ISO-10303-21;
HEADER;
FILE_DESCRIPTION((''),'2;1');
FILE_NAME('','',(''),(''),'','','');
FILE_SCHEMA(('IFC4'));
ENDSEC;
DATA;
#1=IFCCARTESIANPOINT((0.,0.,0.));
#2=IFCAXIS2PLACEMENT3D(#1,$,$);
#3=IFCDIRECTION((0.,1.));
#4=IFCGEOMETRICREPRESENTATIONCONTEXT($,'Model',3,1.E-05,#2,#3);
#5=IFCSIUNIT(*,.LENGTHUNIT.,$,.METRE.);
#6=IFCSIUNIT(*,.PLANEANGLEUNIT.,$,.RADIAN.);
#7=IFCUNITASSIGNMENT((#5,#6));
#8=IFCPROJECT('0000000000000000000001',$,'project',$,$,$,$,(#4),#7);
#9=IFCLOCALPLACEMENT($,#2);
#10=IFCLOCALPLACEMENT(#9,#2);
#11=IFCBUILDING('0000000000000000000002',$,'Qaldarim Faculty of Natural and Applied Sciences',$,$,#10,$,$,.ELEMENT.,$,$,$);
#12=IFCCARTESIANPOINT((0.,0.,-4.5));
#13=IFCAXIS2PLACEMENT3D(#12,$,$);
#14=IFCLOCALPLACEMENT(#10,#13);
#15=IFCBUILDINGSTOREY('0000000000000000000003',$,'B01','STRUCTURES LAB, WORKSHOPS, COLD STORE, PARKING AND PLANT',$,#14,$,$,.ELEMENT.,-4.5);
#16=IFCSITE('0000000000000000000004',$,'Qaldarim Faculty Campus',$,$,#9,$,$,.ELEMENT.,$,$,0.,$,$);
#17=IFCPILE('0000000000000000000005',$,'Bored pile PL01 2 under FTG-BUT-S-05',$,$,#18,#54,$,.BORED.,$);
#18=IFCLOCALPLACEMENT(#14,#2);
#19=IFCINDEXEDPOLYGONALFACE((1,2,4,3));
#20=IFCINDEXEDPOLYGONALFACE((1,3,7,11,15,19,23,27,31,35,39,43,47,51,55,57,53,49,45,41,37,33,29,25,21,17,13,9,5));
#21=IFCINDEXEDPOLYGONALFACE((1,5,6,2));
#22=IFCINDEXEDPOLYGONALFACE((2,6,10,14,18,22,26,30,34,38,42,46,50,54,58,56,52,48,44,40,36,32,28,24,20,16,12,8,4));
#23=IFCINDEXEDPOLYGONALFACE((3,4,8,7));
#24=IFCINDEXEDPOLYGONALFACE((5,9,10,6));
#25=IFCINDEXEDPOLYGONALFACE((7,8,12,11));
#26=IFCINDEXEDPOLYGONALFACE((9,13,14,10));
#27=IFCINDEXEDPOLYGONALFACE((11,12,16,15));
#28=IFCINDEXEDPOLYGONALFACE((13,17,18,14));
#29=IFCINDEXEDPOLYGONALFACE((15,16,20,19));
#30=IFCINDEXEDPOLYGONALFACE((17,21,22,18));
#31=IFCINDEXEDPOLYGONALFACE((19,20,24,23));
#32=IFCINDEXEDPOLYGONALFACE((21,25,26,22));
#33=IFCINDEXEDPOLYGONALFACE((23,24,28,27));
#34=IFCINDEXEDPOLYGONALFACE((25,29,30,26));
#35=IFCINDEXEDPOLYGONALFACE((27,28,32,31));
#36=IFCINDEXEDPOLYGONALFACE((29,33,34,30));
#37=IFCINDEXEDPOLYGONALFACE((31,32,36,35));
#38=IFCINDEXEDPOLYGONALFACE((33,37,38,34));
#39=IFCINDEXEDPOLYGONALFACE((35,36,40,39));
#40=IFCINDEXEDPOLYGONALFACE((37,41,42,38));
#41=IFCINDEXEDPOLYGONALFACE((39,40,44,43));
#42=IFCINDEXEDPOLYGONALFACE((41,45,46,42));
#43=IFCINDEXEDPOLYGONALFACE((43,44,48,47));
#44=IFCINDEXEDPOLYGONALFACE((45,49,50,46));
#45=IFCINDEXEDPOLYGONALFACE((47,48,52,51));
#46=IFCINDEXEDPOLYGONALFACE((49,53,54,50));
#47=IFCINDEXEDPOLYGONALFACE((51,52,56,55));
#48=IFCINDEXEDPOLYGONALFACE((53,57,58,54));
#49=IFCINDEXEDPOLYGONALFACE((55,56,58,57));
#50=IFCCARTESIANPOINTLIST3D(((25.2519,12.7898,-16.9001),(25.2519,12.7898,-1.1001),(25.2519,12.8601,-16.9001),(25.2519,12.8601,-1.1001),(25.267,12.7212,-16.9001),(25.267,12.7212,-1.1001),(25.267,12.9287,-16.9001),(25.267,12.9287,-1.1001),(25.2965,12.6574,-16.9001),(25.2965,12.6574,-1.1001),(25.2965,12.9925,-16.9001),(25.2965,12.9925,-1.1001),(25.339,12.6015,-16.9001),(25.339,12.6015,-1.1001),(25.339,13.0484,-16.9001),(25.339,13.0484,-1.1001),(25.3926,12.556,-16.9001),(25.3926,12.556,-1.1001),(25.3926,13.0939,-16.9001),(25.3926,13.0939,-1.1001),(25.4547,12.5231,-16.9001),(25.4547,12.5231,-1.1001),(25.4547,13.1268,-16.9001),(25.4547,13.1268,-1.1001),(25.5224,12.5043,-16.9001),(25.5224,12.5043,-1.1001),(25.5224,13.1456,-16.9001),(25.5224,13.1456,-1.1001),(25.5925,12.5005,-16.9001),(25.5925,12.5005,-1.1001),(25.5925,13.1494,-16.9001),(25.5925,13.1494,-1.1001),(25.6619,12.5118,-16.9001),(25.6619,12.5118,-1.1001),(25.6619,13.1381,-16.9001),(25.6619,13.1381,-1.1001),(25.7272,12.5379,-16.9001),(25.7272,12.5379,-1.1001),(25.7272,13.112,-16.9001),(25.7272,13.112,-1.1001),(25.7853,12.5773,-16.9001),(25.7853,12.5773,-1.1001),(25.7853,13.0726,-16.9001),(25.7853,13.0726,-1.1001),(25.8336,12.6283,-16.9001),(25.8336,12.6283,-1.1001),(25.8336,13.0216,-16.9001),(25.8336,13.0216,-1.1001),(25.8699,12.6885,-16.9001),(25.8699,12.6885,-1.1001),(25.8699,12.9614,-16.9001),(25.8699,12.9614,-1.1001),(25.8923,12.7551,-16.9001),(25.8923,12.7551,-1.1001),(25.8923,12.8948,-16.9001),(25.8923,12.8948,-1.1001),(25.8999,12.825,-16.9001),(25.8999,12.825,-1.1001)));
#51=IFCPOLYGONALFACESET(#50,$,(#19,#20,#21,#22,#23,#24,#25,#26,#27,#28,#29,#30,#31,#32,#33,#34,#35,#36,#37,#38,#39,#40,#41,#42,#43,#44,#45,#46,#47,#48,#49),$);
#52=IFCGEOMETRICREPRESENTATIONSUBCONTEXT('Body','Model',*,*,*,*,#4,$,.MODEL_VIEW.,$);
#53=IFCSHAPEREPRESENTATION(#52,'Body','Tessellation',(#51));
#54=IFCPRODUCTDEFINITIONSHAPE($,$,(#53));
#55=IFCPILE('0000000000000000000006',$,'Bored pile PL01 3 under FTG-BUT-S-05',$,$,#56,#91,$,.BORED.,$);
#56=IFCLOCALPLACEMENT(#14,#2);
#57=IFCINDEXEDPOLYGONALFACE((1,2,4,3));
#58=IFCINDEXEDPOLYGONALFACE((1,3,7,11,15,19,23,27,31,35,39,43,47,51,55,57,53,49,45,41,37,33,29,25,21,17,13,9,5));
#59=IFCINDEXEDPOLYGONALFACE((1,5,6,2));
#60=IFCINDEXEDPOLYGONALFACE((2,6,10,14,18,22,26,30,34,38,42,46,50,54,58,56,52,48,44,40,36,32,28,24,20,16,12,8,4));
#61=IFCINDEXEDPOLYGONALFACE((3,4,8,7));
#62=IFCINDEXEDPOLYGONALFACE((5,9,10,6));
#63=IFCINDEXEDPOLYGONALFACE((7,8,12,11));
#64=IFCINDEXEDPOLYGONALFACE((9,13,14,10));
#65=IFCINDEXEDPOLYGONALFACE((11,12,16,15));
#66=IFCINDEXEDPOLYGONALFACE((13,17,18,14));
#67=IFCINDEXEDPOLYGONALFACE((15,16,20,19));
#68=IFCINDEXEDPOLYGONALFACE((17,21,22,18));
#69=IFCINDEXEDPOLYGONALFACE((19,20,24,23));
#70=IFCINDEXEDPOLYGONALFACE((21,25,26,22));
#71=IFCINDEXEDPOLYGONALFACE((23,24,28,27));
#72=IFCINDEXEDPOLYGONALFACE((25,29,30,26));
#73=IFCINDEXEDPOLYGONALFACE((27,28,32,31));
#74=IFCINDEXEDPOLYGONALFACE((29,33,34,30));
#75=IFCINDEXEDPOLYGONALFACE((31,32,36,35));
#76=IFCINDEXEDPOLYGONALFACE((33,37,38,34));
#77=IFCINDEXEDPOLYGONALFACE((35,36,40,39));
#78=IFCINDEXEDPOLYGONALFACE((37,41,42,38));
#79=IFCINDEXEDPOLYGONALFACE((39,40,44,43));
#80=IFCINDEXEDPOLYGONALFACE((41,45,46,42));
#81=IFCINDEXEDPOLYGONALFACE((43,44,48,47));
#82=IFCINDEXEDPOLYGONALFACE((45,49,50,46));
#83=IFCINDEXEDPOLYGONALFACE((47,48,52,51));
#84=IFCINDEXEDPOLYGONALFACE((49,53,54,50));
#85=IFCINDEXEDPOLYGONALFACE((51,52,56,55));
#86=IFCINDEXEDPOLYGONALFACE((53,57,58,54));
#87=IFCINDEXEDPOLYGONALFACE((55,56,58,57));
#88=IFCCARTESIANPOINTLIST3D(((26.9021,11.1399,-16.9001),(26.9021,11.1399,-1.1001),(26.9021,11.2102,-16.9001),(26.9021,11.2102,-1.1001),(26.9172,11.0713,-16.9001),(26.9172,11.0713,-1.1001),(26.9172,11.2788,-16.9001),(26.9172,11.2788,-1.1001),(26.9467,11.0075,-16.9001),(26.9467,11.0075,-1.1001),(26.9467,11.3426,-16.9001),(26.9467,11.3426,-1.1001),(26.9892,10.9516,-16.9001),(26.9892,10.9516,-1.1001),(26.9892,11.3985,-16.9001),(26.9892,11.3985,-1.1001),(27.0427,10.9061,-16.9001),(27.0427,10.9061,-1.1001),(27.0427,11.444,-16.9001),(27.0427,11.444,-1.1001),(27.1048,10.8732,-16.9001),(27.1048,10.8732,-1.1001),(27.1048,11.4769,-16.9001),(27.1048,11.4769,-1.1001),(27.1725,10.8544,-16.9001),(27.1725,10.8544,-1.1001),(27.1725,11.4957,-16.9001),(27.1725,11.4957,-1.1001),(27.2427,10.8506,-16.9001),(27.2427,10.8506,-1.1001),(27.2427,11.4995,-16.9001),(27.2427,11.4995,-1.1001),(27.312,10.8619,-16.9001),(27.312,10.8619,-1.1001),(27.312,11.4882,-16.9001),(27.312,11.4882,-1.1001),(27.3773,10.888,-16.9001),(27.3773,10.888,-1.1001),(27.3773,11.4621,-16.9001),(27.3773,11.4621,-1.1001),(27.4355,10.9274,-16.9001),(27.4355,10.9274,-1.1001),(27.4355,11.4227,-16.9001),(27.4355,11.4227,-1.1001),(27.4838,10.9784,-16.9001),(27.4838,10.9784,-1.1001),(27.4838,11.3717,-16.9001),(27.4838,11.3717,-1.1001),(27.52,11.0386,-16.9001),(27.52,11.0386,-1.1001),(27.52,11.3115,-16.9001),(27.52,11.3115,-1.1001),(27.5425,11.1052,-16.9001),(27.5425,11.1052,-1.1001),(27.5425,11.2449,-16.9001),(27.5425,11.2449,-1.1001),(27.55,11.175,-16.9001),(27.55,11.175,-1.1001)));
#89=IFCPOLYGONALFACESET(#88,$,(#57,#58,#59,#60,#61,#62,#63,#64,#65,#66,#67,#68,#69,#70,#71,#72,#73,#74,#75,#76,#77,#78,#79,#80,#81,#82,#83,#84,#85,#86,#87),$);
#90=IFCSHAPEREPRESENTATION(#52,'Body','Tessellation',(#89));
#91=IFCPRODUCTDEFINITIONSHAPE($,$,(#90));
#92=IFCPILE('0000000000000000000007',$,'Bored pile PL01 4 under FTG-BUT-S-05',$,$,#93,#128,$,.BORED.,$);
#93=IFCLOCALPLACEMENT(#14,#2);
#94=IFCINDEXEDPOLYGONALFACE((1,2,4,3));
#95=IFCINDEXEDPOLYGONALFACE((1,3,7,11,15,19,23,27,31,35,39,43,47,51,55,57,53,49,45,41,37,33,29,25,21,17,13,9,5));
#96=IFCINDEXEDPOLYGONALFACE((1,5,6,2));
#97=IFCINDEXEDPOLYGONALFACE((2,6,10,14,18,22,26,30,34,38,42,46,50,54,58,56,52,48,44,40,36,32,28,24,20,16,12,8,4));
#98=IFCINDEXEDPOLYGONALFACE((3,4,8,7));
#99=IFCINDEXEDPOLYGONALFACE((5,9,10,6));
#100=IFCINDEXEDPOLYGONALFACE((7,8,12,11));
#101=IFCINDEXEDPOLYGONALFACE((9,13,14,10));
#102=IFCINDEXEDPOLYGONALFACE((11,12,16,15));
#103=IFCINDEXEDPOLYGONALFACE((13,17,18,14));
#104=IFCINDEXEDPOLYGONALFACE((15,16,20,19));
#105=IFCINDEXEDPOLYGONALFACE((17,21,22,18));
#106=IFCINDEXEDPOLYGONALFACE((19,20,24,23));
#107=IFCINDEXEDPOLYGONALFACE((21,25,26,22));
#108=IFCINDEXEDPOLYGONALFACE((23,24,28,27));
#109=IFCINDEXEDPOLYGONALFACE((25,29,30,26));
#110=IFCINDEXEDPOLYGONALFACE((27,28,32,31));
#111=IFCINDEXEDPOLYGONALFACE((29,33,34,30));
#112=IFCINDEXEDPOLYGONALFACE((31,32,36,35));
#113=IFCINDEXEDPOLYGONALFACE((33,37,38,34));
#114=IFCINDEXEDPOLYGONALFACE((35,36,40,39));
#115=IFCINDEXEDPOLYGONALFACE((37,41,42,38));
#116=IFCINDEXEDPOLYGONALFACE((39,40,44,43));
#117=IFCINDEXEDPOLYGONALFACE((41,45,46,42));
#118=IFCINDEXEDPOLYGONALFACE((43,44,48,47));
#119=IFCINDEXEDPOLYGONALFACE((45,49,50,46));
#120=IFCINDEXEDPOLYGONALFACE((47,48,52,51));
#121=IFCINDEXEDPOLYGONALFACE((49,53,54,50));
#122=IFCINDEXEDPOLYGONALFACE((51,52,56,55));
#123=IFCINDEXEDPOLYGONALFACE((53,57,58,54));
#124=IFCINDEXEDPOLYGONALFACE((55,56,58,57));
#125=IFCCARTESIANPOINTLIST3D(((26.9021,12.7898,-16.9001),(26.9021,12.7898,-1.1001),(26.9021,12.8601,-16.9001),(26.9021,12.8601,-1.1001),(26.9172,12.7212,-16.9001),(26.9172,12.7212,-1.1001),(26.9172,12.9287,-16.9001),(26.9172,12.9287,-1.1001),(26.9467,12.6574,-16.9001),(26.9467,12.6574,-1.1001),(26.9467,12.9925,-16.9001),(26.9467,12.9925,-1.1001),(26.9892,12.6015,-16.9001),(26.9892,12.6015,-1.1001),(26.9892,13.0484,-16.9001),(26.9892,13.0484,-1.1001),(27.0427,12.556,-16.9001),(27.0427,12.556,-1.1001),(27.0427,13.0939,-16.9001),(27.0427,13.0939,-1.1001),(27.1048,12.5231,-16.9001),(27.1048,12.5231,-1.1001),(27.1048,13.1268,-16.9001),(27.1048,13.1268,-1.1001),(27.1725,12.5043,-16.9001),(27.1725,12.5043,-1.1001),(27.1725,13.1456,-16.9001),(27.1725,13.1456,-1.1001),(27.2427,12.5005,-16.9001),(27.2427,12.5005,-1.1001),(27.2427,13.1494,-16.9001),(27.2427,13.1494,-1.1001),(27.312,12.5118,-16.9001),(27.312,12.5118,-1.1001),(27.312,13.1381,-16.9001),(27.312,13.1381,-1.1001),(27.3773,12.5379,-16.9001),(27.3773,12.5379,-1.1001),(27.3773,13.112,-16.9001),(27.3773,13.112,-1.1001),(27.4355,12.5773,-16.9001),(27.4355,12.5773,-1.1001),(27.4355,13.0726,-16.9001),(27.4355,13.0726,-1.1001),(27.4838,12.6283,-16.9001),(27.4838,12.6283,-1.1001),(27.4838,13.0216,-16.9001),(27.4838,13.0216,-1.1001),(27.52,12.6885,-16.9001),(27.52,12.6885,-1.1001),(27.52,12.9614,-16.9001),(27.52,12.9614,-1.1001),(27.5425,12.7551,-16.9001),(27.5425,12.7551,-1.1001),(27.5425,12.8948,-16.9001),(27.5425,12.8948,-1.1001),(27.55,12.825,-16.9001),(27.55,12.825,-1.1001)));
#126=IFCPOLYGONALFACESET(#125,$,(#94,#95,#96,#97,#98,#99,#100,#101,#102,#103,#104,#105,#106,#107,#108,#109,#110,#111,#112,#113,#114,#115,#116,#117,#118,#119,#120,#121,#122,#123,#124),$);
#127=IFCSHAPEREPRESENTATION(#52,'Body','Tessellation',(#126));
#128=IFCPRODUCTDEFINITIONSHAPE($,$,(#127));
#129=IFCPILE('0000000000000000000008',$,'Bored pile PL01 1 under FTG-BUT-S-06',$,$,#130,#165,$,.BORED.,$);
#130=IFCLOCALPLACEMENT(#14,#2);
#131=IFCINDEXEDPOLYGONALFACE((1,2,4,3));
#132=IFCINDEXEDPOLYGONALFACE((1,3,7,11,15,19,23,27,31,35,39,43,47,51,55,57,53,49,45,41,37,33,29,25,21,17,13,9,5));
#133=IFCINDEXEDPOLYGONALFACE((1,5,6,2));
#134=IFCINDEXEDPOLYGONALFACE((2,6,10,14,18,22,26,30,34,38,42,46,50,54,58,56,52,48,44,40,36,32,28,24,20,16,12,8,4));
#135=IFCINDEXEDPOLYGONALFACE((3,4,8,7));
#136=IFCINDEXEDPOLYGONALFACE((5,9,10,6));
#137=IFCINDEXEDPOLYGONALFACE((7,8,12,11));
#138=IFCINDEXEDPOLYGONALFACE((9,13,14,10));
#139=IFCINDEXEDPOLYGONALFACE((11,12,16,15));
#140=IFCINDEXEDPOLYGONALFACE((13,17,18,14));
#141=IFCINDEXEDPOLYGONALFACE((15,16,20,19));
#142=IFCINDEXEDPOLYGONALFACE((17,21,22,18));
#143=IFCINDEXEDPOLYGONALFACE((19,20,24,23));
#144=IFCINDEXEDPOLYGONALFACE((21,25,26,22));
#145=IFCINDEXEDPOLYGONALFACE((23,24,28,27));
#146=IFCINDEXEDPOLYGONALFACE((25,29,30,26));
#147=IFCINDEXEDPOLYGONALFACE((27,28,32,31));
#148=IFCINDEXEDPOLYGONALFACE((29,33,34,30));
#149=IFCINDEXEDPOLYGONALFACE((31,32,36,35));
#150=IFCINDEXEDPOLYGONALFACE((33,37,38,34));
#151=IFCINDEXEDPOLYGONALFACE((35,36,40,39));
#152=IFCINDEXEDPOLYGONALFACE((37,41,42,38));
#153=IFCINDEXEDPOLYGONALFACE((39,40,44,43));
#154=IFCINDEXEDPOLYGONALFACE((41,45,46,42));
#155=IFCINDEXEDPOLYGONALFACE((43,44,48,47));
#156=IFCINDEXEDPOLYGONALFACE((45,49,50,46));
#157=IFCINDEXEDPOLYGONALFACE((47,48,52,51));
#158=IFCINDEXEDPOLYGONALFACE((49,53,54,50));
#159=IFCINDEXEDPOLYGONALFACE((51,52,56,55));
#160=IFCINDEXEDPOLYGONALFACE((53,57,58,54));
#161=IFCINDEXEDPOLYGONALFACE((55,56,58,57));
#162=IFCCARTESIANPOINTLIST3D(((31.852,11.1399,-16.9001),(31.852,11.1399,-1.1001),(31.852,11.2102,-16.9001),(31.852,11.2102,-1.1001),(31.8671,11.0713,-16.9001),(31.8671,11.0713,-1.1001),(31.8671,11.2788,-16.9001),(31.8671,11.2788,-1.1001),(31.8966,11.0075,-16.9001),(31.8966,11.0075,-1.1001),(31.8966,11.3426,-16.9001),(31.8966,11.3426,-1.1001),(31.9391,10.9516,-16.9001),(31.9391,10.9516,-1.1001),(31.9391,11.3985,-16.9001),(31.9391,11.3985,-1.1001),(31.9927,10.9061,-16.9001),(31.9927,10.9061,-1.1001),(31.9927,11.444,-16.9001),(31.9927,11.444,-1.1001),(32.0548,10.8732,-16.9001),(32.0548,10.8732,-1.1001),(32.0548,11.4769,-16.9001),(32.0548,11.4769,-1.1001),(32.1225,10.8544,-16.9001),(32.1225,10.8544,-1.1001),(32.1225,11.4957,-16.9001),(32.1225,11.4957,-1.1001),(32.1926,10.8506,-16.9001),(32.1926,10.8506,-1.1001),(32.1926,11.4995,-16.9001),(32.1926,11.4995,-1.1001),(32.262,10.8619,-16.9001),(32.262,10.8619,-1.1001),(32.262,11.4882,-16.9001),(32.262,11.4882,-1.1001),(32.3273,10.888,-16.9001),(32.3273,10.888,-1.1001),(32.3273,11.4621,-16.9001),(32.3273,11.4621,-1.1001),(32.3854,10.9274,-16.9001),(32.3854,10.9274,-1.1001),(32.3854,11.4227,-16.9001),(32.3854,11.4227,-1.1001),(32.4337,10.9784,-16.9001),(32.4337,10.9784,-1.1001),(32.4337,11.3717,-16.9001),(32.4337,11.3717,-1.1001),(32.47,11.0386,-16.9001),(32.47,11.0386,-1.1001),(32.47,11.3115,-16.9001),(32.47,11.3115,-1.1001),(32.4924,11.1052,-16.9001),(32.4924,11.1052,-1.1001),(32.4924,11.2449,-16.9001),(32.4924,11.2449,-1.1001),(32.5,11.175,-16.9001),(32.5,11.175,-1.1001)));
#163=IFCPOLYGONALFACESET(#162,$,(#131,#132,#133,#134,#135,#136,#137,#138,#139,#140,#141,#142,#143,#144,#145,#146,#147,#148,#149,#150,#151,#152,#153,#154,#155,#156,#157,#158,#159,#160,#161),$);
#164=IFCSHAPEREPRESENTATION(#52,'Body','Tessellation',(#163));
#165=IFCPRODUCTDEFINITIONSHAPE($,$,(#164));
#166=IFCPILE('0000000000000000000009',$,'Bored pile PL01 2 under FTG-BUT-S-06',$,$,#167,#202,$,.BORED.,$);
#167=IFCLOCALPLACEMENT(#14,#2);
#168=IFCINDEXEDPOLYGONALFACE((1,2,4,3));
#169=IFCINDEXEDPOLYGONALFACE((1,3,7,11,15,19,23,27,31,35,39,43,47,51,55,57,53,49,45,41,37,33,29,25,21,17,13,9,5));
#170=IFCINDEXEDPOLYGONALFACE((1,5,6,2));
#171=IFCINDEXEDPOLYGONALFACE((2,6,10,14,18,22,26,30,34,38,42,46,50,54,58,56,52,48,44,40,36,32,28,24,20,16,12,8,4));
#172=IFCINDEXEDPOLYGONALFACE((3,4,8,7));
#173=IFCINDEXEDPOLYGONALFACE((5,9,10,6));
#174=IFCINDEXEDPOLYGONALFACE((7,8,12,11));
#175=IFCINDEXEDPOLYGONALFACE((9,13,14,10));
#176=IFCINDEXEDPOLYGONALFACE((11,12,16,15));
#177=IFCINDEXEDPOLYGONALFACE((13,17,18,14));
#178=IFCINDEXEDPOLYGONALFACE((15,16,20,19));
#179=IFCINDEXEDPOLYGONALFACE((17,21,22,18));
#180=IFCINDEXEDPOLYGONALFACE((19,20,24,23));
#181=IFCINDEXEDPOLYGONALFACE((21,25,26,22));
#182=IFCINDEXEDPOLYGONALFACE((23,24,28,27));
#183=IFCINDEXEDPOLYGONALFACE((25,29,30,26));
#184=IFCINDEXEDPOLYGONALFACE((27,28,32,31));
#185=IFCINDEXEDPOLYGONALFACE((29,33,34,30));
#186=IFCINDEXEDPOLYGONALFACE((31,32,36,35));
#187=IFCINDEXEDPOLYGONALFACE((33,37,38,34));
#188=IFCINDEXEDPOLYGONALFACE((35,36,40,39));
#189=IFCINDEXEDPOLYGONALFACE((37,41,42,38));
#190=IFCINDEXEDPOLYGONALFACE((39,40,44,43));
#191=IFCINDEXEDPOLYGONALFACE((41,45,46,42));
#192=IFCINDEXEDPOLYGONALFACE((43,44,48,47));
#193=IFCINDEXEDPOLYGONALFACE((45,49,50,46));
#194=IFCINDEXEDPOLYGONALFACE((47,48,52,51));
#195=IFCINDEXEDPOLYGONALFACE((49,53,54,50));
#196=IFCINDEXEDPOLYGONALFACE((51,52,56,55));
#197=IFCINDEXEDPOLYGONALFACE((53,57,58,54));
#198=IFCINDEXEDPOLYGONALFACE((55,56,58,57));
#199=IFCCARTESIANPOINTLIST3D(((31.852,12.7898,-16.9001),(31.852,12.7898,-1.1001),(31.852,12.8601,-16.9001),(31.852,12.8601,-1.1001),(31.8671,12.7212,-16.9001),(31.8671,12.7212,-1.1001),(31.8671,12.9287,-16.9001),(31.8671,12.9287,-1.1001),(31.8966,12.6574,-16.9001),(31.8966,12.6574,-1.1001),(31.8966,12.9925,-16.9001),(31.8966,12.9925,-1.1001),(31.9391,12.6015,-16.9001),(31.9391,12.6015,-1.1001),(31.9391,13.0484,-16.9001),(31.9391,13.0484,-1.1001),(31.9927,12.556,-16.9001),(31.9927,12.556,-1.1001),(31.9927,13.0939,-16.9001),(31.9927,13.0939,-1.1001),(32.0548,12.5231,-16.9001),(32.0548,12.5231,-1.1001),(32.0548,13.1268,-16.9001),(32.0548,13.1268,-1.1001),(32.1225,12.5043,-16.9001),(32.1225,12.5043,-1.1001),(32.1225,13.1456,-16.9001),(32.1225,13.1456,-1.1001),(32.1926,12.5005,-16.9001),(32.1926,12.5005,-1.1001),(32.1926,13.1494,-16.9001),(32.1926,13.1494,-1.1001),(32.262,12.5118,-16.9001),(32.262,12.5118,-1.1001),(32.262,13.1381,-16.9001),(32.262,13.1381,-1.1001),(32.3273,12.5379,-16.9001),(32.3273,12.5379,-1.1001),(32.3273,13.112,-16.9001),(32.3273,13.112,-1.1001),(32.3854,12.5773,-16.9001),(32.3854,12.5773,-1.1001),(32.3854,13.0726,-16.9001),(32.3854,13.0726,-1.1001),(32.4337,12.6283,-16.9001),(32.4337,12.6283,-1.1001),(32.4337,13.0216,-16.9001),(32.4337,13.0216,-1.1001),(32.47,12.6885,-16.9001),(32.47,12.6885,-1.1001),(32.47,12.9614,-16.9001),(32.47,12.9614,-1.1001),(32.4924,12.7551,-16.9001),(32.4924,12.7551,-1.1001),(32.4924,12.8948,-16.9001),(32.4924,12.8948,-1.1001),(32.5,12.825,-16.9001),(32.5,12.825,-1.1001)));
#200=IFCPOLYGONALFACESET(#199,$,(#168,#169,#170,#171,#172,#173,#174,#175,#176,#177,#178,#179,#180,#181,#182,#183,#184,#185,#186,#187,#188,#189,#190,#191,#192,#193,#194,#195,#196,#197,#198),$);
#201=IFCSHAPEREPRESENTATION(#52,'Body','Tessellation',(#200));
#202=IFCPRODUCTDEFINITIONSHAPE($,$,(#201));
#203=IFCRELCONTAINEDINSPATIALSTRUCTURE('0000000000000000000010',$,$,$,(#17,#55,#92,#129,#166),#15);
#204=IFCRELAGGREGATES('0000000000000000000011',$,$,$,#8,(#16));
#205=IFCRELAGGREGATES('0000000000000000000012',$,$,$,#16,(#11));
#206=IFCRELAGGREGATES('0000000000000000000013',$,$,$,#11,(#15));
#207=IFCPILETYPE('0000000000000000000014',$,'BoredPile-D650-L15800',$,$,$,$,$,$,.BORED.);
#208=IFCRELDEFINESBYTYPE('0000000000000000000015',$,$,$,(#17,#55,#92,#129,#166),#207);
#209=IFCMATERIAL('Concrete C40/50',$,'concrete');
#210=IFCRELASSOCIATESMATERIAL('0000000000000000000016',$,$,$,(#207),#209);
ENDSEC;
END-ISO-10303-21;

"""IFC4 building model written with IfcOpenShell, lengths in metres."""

from ifc_helpers import new_model, si_unit, direction, frame, origin, origin_2d, place, context, subcontext, project, spatial, circle, extrude, material, material_profile, profile_set, type_object, element, save


model = new_model("IFC4")

# Units and contexts
model_context = context("Model", 3, precision=1e-05, world=origin(), true_north=direction((0.0, 1.0)))
body_context = subcontext(model_context, "Body", "Model", "MODEL_VIEW")
ifc_project = project(units=[si_unit("LENGTHUNIT", "METRE"), si_unit("PLANEANGLEUNIT", "RADIAN")], contexts=[model_context])

# Site, building, storey
site_placement = place(None, origin())
site = spatial("IfcSite", under=ifc_project, at=site_placement, Name="Qaldarim Faculty Campus", CompositionType="ELEMENT", RefElevation=0.0)
building_placement = place(site_placement, origin())
building = spatial("IfcBuilding", under=site, at=building_placement, Name="Qaldarim Faculty of Natural and Applied Sciences", CompositionType="ELEMENT")
storey_placement = place(building_placement, frame((0.0, 0.0, -4.5)))
storey = spatial("IfcBuildingStorey", under=building, at=storey_placement, Name="B01", Description="STRUCTURES LAB, WORKSHOPS, COLD STORE, PARKING AND PLANT", CompositionType="ELEMENT", Elevation=-4.5)

# Piles
ifc_material_1 = material(Name="Concrete C40/50", Category="concrete")
ifc_material_profile_1 = material_profile(ifc_material_1, circle(Radius=0.325, at=origin_2d()), Name="PILE-D650")
ifc_profile_set_1 = profile_set([ifc_material_profile_1], Name="Concrete C40/50")
pile_type_1 = type_object("IfcPileType", Name="BoredPile-D650-L15800", PredefinedType="BORED", material=ifc_profile_set_1)
for number, where, z_axis, x_axis, name in (
    (1, (25.575, 12.825, -1.1001), (0.0, 0.0, -1.0), (1.0, 0.0, 0.0), "Bored pile PL01 2 under FTG-BUT-S-05"),
    (2, (27.2251, 11.175, -1.1001), (0.0, 0.0, -1.0), (1.0, 0.0, 0.0), "Bored pile PL01 3 under FTG-BUT-S-05"),
    (3, (27.2251, 12.825, -1.1001), (0.0, 0.0, -1.0), (1.0, 0.0, 0.0), "Bored pile PL01 4 under FTG-BUT-S-05"),
    (4, (32.175, 11.175, -1.1001), (0.0, 0.0, -1.0), (1.0, 0.0, 0.0), "Bored pile PL01 1 under FTG-BUT-S-06"),
    (5, (32.175, 12.825, -1.1001), (0.0, 0.0, -1.0), (1.0, 0.0, 0.0), "Bored pile PL01 2 under FTG-BUT-S-06"),
):
    element("IfcPile", number, at=place(storey_placement, frame(where, z_axis=z_axis, x_axis=x_axis)), inside=storey, type_object=pile_type_1, Name=name, PredefinedType="BORED", context=body_context, shape_type="SweptSolid", body=[
        extrude(circle(Radius=0.325, at=origin_2d()), origin(), (0.0, 0.0, 1.0), 15.8),
    ])

save(model, "model.ifc")
